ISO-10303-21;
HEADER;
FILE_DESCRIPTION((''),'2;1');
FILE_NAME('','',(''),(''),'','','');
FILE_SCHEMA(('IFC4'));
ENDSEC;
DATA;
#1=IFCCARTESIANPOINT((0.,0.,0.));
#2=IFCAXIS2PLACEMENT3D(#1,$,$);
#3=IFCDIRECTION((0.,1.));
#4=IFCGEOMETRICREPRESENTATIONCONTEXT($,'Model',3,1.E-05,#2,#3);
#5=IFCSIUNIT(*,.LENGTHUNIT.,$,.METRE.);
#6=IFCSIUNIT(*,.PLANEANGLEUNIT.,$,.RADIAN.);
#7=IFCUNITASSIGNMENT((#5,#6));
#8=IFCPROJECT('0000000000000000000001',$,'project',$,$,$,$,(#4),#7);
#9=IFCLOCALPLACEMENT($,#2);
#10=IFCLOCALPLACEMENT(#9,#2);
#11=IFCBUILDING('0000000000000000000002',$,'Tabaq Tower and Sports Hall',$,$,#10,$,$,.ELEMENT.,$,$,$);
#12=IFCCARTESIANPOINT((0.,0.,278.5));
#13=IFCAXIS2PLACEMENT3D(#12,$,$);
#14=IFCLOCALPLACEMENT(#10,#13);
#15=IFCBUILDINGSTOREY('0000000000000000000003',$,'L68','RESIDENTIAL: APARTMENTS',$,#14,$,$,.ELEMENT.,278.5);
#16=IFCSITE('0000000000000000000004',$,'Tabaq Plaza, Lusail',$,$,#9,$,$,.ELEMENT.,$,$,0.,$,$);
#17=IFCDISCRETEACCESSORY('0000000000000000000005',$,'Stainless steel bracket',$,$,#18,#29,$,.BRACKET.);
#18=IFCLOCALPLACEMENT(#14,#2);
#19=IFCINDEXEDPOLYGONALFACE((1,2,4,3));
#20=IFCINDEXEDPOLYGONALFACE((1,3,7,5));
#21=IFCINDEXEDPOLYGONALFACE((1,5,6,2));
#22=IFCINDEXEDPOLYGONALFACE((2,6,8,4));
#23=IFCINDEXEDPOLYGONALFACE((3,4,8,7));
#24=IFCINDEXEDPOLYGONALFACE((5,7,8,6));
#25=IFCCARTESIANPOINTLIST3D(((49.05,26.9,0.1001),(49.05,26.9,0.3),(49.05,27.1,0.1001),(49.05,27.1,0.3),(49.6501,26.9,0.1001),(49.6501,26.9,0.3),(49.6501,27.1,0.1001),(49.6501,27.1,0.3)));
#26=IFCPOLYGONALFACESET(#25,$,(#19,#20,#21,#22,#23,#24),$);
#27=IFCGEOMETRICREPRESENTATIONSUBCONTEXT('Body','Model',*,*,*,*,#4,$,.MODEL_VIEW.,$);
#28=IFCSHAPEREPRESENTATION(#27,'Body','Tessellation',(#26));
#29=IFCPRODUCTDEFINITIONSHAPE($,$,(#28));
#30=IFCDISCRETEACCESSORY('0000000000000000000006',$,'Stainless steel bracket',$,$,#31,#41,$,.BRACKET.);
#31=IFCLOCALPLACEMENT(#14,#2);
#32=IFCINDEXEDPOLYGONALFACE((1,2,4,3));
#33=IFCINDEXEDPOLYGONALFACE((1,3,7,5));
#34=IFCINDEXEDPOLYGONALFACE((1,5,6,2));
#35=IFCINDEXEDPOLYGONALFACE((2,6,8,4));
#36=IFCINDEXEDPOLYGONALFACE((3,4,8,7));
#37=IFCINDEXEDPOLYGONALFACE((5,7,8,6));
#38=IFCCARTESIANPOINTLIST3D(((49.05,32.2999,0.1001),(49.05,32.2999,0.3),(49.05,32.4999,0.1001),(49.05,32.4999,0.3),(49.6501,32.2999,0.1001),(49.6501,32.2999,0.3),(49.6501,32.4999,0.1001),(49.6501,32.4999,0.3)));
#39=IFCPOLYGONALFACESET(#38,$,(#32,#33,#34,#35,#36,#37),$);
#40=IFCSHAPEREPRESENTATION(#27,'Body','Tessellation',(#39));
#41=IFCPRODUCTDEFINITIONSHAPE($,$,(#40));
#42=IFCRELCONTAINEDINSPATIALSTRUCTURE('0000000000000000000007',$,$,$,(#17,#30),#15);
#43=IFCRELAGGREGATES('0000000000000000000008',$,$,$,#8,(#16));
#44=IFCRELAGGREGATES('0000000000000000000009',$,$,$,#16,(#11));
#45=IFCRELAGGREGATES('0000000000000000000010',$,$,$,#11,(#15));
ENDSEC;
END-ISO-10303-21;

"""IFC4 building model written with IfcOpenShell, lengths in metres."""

from ifc_helpers import new_model, si_unit, direction, frame, origin, origin_2d, place, context, subcontext, project, spatial, rectangle, extrude, element, save


model = new_model("IFC4")

# Units and contexts
model_context = context("Model", 3, precision=1e-05, world=origin(), true_north=direction((0.0, 1.0)))
body_context = subcontext(model_context, "Body", "Model", "MODEL_VIEW")
ifc_project = project(units=[si_unit("LENGTHUNIT", "METRE"), si_unit("PLANEANGLEUNIT", "RADIAN")], contexts=[model_context])

# Site, building, storey
site_placement = place(None, origin())
site = spatial("IfcSite", under=ifc_project, at=site_placement, Name="Tabaq Plaza, Lusail", CompositionType="ELEMENT", RefElevation=0.0)
building_placement = place(site_placement, origin())
building = spatial("IfcBuilding", under=site, at=building_placement, Name="Tabaq Tower and Sports Hall", CompositionType="ELEMENT")
storey_placement = place(building_placement, frame((0.0, 0.0, 278.5)))
storey = spatial("IfcBuildingStorey", under=building, at=storey_placement, Name="L68", Description="RESIDENTIAL: APARTMENTS", CompositionType="ELEMENT", Elevation=278.5)

# Discrete accessories
for number, where, z_axis, x_axis, name in (
    (1, (49.3501, 27.0, 0.1001), (0.0, 0.0, 1.0), (1.0, 0.0, 0.0), "Stainless steel bracket"),
    (2, (49.3501, 32.3999, 0.1001), (0.0, 0.0, 1.0), (1.0, 0.0, 0.0), "Stainless steel bracket"),
):
    element("IfcDiscreteAccessory", number, at=place(storey_placement, frame(where, z_axis=z_axis, x_axis=x_axis)), inside=storey, Name=name, PredefinedType="BRACKET", context=body_context, shape_type="SweptSolid", body=[
        extrude(rectangle(XDim=0.6001, YDim=0.2, at=origin_2d()), origin(), (0.0, 0.0, 1.0), 0.2),
    ])

save(model, "model.ifc")
